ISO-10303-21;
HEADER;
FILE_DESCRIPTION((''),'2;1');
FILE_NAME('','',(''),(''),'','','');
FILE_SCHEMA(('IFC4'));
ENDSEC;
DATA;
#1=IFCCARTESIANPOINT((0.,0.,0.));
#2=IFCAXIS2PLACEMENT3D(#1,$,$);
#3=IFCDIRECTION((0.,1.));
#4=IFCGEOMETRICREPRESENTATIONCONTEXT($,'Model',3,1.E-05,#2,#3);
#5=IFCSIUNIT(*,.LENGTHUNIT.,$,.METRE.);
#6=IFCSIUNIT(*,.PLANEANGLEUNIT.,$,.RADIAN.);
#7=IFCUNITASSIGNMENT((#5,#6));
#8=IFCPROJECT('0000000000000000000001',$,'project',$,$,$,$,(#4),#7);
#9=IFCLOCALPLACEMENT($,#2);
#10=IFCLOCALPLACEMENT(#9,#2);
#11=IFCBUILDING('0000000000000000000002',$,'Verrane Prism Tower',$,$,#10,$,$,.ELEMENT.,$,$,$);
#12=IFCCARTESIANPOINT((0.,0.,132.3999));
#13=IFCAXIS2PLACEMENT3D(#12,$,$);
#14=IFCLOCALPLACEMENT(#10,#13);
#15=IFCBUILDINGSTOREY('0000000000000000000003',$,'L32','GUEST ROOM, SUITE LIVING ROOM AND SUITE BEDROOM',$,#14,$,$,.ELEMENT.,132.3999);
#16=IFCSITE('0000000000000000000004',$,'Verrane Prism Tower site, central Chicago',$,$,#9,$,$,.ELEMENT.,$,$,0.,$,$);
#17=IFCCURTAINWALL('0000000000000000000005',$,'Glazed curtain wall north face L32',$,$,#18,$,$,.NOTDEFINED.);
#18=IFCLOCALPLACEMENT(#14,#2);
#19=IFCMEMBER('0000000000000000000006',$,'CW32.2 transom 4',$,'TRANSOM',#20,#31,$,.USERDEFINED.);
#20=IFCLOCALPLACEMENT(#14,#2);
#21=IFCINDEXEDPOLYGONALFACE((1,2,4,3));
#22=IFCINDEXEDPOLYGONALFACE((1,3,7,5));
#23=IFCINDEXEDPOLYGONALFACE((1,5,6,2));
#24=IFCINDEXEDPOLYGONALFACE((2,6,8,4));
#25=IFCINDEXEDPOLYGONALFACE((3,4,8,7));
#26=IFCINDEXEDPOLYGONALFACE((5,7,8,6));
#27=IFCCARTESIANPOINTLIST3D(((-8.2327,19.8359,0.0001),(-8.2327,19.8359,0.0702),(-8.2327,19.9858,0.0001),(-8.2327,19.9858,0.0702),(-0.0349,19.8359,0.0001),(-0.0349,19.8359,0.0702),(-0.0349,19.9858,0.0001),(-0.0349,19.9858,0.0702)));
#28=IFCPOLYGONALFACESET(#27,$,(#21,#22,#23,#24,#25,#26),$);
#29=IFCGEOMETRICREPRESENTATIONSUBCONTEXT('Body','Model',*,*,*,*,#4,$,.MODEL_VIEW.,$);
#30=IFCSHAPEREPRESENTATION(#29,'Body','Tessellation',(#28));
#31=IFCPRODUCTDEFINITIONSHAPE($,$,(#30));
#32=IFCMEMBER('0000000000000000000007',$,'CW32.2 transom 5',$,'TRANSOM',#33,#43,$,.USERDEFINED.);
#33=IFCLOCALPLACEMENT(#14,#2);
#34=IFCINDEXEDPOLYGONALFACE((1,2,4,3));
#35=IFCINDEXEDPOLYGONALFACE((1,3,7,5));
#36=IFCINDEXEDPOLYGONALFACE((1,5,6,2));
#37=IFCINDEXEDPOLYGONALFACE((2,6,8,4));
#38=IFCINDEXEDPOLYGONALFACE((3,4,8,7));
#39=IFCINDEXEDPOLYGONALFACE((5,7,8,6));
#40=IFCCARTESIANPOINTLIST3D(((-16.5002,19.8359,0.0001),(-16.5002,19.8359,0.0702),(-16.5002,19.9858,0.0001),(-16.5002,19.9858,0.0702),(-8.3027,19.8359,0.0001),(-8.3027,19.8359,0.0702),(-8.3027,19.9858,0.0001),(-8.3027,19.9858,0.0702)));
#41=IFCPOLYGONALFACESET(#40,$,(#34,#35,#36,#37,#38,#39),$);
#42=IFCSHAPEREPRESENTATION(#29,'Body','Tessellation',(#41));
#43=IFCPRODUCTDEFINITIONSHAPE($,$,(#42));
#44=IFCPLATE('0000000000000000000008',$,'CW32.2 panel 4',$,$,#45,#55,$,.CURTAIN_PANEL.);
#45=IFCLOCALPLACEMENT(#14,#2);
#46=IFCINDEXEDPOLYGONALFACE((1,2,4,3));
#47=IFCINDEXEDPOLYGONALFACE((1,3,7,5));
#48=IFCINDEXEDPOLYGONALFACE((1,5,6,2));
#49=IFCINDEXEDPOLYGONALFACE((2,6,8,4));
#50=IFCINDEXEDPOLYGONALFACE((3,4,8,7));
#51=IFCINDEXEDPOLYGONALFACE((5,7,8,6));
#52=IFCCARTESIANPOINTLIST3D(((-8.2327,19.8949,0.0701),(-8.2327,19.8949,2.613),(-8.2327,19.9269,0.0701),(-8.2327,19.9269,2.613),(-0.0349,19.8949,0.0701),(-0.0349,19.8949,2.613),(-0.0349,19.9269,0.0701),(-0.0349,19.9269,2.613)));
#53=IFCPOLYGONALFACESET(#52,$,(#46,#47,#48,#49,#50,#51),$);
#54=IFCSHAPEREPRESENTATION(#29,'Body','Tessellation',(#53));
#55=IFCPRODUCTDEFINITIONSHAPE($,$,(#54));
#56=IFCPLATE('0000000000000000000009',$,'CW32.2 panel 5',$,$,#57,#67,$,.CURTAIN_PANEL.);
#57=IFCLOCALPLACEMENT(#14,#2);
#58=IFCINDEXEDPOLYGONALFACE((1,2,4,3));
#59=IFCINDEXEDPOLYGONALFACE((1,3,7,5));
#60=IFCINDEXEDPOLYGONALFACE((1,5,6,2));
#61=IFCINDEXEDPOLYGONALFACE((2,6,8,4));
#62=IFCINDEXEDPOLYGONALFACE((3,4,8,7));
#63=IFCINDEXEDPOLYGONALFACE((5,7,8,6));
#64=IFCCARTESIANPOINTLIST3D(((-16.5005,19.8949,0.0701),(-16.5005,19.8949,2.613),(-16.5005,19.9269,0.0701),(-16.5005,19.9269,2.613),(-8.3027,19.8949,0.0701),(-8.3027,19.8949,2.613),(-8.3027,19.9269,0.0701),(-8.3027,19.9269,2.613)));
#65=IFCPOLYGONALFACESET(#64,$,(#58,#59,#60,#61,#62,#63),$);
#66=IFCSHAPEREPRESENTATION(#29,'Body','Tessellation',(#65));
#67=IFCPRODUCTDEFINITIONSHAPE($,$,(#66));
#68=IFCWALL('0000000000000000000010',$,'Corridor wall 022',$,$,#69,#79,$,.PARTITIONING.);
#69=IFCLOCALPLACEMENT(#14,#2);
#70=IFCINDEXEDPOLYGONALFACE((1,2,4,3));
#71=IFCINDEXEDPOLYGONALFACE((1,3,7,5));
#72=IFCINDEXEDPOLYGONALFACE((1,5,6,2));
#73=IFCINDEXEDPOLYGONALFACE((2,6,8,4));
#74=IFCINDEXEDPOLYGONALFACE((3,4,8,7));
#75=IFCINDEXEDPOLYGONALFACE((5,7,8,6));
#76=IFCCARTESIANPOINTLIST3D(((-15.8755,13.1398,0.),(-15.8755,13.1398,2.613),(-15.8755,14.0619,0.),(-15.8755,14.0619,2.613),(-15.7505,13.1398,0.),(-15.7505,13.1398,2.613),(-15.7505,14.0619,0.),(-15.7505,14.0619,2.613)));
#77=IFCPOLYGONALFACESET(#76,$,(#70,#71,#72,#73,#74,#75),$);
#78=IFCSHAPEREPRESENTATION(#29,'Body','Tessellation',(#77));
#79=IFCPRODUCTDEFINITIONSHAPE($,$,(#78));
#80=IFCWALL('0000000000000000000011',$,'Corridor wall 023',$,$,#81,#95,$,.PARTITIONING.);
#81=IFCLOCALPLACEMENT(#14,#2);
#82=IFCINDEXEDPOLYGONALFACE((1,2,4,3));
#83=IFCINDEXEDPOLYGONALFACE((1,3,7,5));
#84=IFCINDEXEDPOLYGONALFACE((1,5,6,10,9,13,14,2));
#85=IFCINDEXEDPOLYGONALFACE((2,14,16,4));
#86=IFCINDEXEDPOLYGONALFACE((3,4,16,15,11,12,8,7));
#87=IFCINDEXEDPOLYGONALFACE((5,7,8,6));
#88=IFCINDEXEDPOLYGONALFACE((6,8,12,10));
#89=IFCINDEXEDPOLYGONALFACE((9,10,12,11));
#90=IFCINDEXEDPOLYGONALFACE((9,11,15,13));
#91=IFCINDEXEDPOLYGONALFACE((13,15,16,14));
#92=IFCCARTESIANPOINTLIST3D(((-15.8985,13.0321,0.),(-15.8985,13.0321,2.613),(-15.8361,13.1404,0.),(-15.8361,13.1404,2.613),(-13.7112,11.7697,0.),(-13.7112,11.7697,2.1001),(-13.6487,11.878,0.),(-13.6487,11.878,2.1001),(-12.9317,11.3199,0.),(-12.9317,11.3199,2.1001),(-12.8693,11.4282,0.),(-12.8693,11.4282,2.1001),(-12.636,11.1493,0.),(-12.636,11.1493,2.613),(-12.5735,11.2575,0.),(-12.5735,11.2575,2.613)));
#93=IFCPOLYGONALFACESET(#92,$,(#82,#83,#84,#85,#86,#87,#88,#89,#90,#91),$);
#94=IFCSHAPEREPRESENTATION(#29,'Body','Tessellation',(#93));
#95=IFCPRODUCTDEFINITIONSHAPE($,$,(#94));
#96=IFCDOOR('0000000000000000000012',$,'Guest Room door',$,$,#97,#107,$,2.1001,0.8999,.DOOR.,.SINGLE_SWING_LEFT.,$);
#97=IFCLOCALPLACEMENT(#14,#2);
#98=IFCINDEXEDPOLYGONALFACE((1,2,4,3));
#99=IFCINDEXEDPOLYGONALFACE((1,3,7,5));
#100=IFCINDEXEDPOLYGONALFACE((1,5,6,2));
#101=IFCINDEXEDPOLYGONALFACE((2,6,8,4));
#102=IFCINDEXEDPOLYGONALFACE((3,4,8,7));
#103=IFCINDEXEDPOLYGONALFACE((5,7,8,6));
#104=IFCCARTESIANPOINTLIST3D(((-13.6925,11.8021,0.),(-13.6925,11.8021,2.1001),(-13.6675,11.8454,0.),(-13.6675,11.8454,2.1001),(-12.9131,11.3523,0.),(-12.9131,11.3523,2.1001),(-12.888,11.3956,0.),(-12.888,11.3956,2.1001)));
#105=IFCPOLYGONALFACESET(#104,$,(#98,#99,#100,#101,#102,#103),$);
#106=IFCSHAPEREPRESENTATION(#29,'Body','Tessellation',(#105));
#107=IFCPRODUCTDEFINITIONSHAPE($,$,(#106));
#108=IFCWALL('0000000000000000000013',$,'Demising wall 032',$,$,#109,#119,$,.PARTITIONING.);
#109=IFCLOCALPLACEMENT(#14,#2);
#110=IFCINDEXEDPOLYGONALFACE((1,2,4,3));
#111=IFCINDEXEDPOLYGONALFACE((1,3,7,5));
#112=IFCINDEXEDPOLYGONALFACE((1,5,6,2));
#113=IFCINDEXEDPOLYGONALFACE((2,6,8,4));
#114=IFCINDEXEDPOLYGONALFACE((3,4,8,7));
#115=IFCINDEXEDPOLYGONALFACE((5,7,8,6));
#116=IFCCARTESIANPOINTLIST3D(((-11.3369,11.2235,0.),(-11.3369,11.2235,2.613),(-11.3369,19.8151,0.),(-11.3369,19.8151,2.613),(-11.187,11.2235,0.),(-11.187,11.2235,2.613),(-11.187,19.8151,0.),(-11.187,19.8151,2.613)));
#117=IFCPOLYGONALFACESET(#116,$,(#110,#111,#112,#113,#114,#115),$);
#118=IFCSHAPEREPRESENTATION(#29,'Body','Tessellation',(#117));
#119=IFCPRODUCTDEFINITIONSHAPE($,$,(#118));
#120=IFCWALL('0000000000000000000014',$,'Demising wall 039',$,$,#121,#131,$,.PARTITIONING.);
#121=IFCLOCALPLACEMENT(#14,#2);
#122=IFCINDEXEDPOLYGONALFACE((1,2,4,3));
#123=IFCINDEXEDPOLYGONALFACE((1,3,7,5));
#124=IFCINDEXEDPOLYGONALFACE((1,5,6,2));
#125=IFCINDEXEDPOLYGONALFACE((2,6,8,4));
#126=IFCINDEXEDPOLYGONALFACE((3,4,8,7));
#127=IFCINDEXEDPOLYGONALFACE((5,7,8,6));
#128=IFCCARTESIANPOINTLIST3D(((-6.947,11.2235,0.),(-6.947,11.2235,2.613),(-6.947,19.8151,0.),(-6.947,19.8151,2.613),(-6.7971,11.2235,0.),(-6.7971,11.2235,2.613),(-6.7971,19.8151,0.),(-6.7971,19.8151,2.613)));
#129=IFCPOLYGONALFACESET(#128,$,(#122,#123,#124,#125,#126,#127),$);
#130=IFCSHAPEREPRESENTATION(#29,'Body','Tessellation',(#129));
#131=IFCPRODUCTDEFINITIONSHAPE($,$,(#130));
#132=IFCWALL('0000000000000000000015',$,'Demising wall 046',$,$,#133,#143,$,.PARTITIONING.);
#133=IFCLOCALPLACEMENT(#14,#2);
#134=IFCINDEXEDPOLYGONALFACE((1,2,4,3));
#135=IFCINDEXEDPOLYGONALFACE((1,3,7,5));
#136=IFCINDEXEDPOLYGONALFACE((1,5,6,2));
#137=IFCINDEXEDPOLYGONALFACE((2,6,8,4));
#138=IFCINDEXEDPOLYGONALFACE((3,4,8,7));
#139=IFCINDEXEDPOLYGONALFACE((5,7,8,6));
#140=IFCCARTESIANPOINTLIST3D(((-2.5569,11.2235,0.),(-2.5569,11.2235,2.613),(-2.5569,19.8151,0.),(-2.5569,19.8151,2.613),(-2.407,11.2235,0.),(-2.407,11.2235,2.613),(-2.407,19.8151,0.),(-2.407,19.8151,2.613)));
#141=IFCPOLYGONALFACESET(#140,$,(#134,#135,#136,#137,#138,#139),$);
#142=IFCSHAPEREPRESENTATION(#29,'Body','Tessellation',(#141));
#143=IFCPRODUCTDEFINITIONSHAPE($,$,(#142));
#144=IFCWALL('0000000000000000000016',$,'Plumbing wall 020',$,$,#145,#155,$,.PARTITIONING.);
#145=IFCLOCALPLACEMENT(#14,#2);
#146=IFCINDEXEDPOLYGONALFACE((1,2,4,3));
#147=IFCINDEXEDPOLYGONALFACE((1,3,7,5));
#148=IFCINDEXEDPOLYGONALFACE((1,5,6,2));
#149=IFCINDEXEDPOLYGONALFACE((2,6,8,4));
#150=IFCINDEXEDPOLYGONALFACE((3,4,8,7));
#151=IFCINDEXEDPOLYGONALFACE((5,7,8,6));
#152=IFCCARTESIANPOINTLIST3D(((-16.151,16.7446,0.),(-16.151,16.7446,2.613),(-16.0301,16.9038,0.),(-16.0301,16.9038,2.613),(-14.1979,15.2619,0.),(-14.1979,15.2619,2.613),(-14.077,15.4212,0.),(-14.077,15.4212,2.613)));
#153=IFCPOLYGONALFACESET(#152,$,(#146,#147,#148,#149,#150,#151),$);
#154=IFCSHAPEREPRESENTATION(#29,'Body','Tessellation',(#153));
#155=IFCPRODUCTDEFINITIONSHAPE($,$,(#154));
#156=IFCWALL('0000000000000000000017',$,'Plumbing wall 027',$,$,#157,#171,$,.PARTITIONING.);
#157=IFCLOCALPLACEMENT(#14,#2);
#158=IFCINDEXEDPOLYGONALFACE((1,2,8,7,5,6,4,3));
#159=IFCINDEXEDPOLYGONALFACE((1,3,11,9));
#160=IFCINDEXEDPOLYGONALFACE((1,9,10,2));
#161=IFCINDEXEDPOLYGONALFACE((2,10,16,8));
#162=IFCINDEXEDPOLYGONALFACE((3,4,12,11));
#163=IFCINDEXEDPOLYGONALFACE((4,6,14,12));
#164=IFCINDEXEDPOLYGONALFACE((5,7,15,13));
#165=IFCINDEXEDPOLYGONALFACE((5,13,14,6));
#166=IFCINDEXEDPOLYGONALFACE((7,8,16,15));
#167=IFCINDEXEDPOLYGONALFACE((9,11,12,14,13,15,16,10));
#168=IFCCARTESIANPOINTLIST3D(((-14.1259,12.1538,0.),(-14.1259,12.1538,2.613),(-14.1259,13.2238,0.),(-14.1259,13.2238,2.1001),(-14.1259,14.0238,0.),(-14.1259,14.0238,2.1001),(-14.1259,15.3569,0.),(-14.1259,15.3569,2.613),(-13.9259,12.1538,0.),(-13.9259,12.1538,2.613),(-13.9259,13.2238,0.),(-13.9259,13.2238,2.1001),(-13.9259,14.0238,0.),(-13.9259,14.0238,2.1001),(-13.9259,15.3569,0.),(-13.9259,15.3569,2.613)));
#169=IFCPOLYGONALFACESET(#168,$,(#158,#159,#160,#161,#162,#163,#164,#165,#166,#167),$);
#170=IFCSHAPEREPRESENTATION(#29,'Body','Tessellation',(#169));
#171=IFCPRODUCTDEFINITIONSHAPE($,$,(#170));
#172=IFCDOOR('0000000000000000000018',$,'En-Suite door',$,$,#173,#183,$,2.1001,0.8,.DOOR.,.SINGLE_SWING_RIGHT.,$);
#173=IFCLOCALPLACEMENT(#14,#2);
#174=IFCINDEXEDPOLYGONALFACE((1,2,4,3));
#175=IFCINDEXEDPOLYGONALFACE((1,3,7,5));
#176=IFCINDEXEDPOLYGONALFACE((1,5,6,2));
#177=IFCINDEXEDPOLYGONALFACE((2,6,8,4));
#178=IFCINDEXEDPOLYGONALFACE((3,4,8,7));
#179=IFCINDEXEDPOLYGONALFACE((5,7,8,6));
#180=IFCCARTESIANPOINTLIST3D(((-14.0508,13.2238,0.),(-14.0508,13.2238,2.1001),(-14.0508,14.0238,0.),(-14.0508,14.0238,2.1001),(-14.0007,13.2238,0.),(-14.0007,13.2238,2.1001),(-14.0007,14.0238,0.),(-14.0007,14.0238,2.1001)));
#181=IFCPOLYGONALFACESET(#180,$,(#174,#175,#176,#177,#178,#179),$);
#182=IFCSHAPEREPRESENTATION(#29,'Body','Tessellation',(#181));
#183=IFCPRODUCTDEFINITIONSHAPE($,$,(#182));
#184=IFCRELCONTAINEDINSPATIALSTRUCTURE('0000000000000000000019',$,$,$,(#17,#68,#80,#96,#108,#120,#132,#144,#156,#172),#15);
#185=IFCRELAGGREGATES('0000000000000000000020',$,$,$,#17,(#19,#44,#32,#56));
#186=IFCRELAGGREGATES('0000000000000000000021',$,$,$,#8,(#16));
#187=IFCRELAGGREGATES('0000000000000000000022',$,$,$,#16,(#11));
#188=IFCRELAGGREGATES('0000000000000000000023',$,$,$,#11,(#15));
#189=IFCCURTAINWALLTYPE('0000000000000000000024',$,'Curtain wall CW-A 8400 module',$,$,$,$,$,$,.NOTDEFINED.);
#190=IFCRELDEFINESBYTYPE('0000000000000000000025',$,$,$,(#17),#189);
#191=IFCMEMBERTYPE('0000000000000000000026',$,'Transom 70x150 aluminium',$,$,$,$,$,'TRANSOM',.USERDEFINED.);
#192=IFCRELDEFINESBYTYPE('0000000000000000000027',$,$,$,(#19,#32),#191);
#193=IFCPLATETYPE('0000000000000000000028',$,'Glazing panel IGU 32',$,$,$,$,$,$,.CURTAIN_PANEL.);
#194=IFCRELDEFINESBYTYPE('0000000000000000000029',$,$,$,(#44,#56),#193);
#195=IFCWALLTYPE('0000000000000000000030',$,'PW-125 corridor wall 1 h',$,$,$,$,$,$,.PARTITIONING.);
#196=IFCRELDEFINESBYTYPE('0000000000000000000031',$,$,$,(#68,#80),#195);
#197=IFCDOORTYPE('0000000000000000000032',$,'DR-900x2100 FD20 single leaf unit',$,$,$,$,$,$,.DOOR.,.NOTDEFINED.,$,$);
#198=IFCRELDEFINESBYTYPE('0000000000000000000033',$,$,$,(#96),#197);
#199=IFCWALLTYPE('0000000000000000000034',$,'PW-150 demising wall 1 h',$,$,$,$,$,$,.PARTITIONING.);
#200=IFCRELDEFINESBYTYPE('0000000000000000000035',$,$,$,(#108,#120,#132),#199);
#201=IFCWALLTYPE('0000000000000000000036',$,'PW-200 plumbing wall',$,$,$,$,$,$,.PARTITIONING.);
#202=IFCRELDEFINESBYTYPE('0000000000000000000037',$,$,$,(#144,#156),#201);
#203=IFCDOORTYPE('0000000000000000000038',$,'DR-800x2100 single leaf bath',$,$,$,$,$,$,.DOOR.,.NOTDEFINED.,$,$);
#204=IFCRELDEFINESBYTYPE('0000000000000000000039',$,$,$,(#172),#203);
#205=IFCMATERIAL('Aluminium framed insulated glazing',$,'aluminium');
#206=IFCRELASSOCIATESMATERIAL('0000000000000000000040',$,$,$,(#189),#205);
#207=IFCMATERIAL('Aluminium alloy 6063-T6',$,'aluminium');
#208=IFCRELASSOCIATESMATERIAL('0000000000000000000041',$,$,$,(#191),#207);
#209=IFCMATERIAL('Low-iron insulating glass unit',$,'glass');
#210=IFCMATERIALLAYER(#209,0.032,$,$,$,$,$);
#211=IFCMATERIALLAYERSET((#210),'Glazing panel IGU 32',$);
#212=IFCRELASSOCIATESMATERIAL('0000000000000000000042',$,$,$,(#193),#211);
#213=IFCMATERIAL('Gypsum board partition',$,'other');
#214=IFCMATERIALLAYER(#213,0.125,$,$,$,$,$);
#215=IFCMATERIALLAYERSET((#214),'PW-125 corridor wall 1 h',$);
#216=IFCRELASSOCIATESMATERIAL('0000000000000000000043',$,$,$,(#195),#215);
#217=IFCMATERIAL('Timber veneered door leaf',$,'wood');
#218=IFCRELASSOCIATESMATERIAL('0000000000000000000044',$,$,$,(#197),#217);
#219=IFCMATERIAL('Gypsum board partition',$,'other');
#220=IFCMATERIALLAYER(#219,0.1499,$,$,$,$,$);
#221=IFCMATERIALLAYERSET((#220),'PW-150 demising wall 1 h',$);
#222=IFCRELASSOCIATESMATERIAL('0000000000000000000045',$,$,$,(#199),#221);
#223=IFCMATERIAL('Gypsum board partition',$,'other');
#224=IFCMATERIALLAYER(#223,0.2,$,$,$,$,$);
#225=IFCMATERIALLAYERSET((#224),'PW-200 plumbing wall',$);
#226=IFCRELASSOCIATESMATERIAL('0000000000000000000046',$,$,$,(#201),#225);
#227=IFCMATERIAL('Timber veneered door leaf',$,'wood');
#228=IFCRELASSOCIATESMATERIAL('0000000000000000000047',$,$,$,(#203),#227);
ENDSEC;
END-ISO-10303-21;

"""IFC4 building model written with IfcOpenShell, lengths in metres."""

from ifc_helpers import new_model, si_unit, direction, frame, frame_2d, origin, origin_2d, place, context, subcontext, project, spatial, rectangle, extrude, material, layer, layer_set, material_profile, profile_set, type_object, element, fill, aggregate, save


model = new_model("IFC4")

# Units and contexts
model_context = context("Model", 3, precision=1e-05, world=origin(), true_north=direction((0.0, 1.0)))
body_context = subcontext(model_context, "Body", "Model", "MODEL_VIEW")
ifc_project = project(units=[si_unit("LENGTHUNIT", "METRE"), si_unit("PLANEANGLEUNIT", "RADIAN")], contexts=[model_context])

# Site, building, storey
site_placement = place(None, origin())
site = spatial("IfcSite", under=ifc_project, at=site_placement, Name="Verrane Prism Tower site, central Chicago", CompositionType="ELEMENT", RefElevation=0.0)
building_placement = place(site_placement, origin())
building = spatial("IfcBuilding", under=site, at=building_placement, Name="Verrane Prism Tower", CompositionType="ELEMENT")
storey_placement = place(building_placement, frame((0.0, 0.0, 132.3999)))
storey = spatial("IfcBuildingStorey", under=building, at=storey_placement, Name="L32", Description="GUEST ROOM, SUITE LIVING ROOM AND SUITE BEDROOM", CompositionType="ELEMENT", Elevation=132.3999)

# Curtain wall
ifc_material_1 = material(Name="Aluminium framed insulated glazing", Category="aluminium")
curtain_wall_type = type_object("IfcCurtainWallType", Name="Curtain wall CW-A 8400 module", PredefinedType="NOTDEFINED", material=ifc_material_1)
curtain_wall_placement = place(storey_placement, origin())
curtain_wall = element("IfcCurtainWall", 1, at=curtain_wall_placement, inside=storey, type_object=curtain_wall_type, Name="Glazed curtain wall north face L32", PredefinedType="NOTDEFINED")

# Members
ifc_material_2 = material(Name="Aluminium alloy 6063-T6", Category="aluminium")
ifc_material_profile_1 = material_profile(ifc_material_2, rectangle(XDim=0.1499, YDim=0.0701, at=origin_2d()), Name="Transom 70x150 aluminium")
ifc_profile_set_1 = profile_set([ifc_material_profile_1], Name="Aluminium alloy 6063-T6")
member_type_1 = type_object("IfcMemberType", Name="Transom 70x150 aluminium", ElementType="TRANSOM", PredefinedType="USERDEFINED", material=ifc_profile_set_1)
member_1_placement = place(storey_placement, frame((-0.0349, 19.9109, 0.0352), z_axis=(-1.0, 0.0, 0.0), x_axis=(0.0, -1.0, 0.0)))
member_1 = element("IfcMember", 2, at=member_1_placement, type_object=member_type_1, Name="CW32.2 transom 4", ObjectType="TRANSOM", PredefinedType="USERDEFINED", context=body_context, shape_type="SweptSolid", body=[
    extrude(rectangle(XDim=0.1499, YDim=0.0701, at=origin_2d()), origin(), (0.0, 0.0, 1.0), 8.1978),
])
member_2_placement = place(storey_placement, frame((-8.3027, 19.9109, 0.0352), z_axis=(-1.0, 0.0, 0.0), x_axis=(0.0, -1.0, 0.0)))
member_2 = element("IfcMember", 3, at=member_2_placement, type_object=member_type_1, Name="CW32.2 transom 5", ObjectType="TRANSOM", PredefinedType="USERDEFINED", context=body_context, shape_type="SweptSolid", body=[
    extrude(rectangle(XDim=0.1499, YDim=0.0701, at=origin_2d()), origin(), (0.0, 0.0, 1.0), 8.1975),
])

# Plates
ifc_material_3 = material(Name="Low-iron insulating glass unit", Category="glass")
ifc_layer_1 = layer(ifc_material_3, 0.032)
ifc_layer_set_1 = layer_set([ifc_layer_1], Name="Glazing panel IGU 32")
plate_type = type_object("IfcPlateType", Name="Glazing panel IGU 32", PredefinedType="CURTAIN_PANEL", material=ifc_layer_set_1)
plate_1_placement = place(storey_placement, frame((-4.1338, 19.9109, 0.0701), z_axis=(0.0, 0.0, 1.0), x_axis=(-1.0, 0.0, 0.0)))
plate_1 = element("IfcPlate", 4, at=plate_1_placement, type_object=plate_type, Name="CW32.2 panel 4", PredefinedType="CURTAIN_PANEL", context=body_context, shape_type="SweptSolid", body=[
    extrude(rectangle(XDim=8.1978, YDim=0.032, at=origin_2d()), origin(), (0.0, 0.0, 1.0), 2.543),
])
plate_2_placement = place(storey_placement, frame((-12.4016, 19.9109, 0.0701), z_axis=(0.0, 0.0, 1.0), x_axis=(-1.0, 0.0, 0.0)))
plate_2 = element("IfcPlate", 5, at=plate_2_placement, type_object=plate_type, Name="CW32.2 panel 5", PredefinedType="CURTAIN_PANEL", context=body_context, shape_type="SweptSolid", body=[
    extrude(rectangle(XDim=8.1978, YDim=0.032, at=origin_2d()), origin(), (0.0, 0.0, 1.0), 2.543),
])
aggregate(curtain_wall, [member_1, plate_1, member_2, plate_2])

# Wall
ifc_material_4 = material(Name="Gypsum board partition", Category="other")
ifc_layer_2 = layer(ifc_material_4, 0.125)
ifc_layer_set_2 = layer_set([ifc_layer_2], Name="PW-125 corridor wall 1 h")
wall_type_1 = type_object("IfcWallType", Name="PW-125 corridor wall 1 h", PredefinedType="PARTITIONING", material=ifc_layer_set_2)
wall_1_placement = place(storey_placement, frame((-15.813, 13.1399, 0.0), z_axis=(0.0, 0.0, 1.0), x_axis=(0.0, 1.0, 0.0)))
element("IfcWall", 6, at=wall_1_placement, inside=storey, type_object=wall_type_1, Name="Corridor wall 022", PredefinedType="PARTITIONING", context=body_context, shape_type="SweptSolid", body=[
    extrude(rectangle(XDim=0.9221, YDim=0.125, at=frame_2d((0.4609, 0.0))), origin(), (0.0, 0.0, 1.0), 2.613),
])

# Wall, opening, door
wall_2_placement = place(storey_placement, frame((-15.8672, 13.0862, 0.0), z_axis=(0.0, 0.0, 1.0), x_axis=(0.866113, -0.499848, 0.0)))
wall_2 = element("IfcWall", 7, at=wall_2_placement, inside=storey, type_object=wall_type_1, Name="Corridor wall 023", PredefinedType="PARTITIONING", context=body_context, shape_type="SweptSolid", body=[
    extrude(rectangle(XDim=3.7668, YDim=0.125, at=frame_2d((1.8833, 0.0))), origin(), (0.0, 0.0, 1.0), 2.613),
])
opening_1_placement = place(wall_2_placement, frame((2.5254, 0.0, 0.0)))
opening_1 = element("IfcOpeningElement", 8, at=opening_1_placement, cuts=wall_2, PredefinedType="OPENING", context=body_context, shape_type="SweptSolid", body=[
    extrude(rectangle(XDim=0.8999, YDim=2.1001, at=frame_2d((0.45, 1.05))), frame((0.0, 0.0725, 0.0), z_axis=(0.0, -1.0, 0.0), x_axis=(1.0, 0.0, 0.0)), (0.0, 0.0, 1.0), 0.145),
])
ifc_material_5 = material(Name="Timber veneered door leaf", Category="wood")
door_type_1 = type_object("IfcDoorType", Name="DR-900x2100 FD20 single leaf unit", OperationType="NOTDEFINED", PredefinedType="DOOR", material=ifc_material_5)
door_1_placement = place(opening_1_placement, origin())
door_1 = element("IfcDoor", 9, at=door_1_placement, inside=storey, type_object=door_type_1, Name="Guest Room door", OperationType="SINGLE_SWING_LEFT", OverallHeight=2.1001, OverallWidth=0.8999, PredefinedType="DOOR", context=body_context, shape_type="SweptSolid", body=[
    extrude(rectangle(XDim=0.8999, YDim=2.1001, at=frame_2d((0.45, 1.05))), frame((0.0, 0.0249, 0.0), z_axis=(0.0, -1.0, 0.0), x_axis=(1.0, 0.0, 0.0)), (0.0, 0.0, 1.0), 0.05),
])
fill(opening_1, door_1)

# Walls
ifc_material_6 = material(Name="Gypsum board partition", Category="other")
ifc_layer_3 = layer(ifc_material_6, 0.1499)
ifc_layer_set_3 = layer_set([ifc_layer_3], Name="PW-150 demising wall 1 h")
wall_type_2 = type_object("IfcWallType", Name="PW-150 demising wall 1 h", PredefinedType="PARTITIONING", material=ifc_layer_set_3)
for number, where, z_axis, x_axis, name in (
    (10, (-11.262, 11.2234, 0.0), (0.0, 0.0, 1.0), (0.0, 1.0, 0.0), "Demising wall 032"),
    (11, (-6.8721, 11.2234, 0.0), (0.0, 0.0, 1.0), (0.0, 1.0, 0.0), "Demising wall 039"),
    (12, (-2.4819, 11.2234, 0.0), (0.0, 0.0, 1.0), (0.0, 1.0, 0.0), "Demising wall 046"),
):
    element("IfcWall", number, at=place(storey_placement, frame(where, z_axis=z_axis, x_axis=x_axis)), inside=storey, type_object=wall_type_2, Name=name, PredefinedType="PARTITIONING", context=body_context, shape_type="SweptSolid", body=[
        extrude(rectangle(XDim=8.5916, YDim=0.1499, at=frame_2d((4.2959, 0.0))), origin(), (0.0, 0.0, 1.0), 2.613),
    ])
ifc_material_7 = material(Name="Gypsum board partition", Category="other")
ifc_layer_4 = layer(ifc_material_7, 0.2)
ifc_layer_set_4 = layer_set([ifc_layer_4], Name="PW-200 plumbing wall")
wall_type_3 = type_object("IfcWallType", Name="PW-200 plumbing wall", PredefinedType="PARTITIONING", material=ifc_layer_set_4)
wall_3_placement = place(storey_placement, frame((-16.0906, 16.8242, 0.0), z_axis=(0.0, 0.0, 1.0), x_axis=(0.796498, -0.604641, 0.0)))
element("IfcWall", 13, at=wall_3_placement, inside=storey, type_object=wall_type_3, Name="Plumbing wall 020", PredefinedType="PARTITIONING", context=body_context, shape_type="SweptSolid", body=[
    extrude(rectangle(XDim=2.4521, YDim=0.2, at=frame_2d((1.2261, 0.0))), origin(), (0.0, 0.0, 1.0), 2.613),
])

# Wall, opening, door
wall_4_placement = place(storey_placement, frame((-14.0259, 12.1538, 0.0), z_axis=(0.0, 0.0, 1.0), x_axis=(0.0, 1.0, 0.0)))
wall_4 = element("IfcWall", 14, at=wall_4_placement, inside=storey, type_object=wall_type_3, Name="Plumbing wall 027", PredefinedType="PARTITIONING", context=body_context, shape_type="SweptSolid", body=[
    extrude(rectangle(XDim=3.2031, YDim=0.2, at=frame_2d((1.6016, 0.0))), origin(), (0.0, 0.0, 1.0), 2.613),
])
opening_2_placement = place(wall_4_placement, frame((1.0701, 0.0, 0.0)))
opening_2 = element("IfcOpeningElement", 15, at=opening_2_placement, cuts=wall_4, PredefinedType="OPENING", context=body_context, shape_type="SweptSolid", body=[
    extrude(rectangle(XDim=0.8, YDim=2.1001, at=frame_2d((0.3999, 1.05))), frame((0.0, 0.1099, 0.0), z_axis=(0.0, -1.0, 0.0), x_axis=(1.0, 0.0, 0.0)), (0.0, 0.0, 1.0), 0.22),
])
ifc_material_8 = material(Name="Timber veneered door leaf", Category="wood")
door_type_2 = type_object("IfcDoorType", Name="DR-800x2100 single leaf bath", OperationType="NOTDEFINED", PredefinedType="DOOR", material=ifc_material_8)
door_2_placement = place(opening_2_placement, origin())
door_2 = element("IfcDoor", 16, at=door_2_placement, inside=storey, type_object=door_type_2, Name="En-Suite door", OperationType="SINGLE_SWING_RIGHT", OverallHeight=2.1001, OverallWidth=0.8, PredefinedType="DOOR", context=body_context, shape_type="SweptSolid", body=[
    extrude(rectangle(XDim=0.8, YDim=2.1001, at=frame_2d((0.3999, 1.05))), frame((0.0, 0.0249, 0.0), z_axis=(0.0, -1.0, 0.0), x_axis=(1.0, 0.0, 0.0)), (0.0, 0.0, 1.0), 0.05),
])
fill(opening_2, door_2)

save(model, "model.ifc")
